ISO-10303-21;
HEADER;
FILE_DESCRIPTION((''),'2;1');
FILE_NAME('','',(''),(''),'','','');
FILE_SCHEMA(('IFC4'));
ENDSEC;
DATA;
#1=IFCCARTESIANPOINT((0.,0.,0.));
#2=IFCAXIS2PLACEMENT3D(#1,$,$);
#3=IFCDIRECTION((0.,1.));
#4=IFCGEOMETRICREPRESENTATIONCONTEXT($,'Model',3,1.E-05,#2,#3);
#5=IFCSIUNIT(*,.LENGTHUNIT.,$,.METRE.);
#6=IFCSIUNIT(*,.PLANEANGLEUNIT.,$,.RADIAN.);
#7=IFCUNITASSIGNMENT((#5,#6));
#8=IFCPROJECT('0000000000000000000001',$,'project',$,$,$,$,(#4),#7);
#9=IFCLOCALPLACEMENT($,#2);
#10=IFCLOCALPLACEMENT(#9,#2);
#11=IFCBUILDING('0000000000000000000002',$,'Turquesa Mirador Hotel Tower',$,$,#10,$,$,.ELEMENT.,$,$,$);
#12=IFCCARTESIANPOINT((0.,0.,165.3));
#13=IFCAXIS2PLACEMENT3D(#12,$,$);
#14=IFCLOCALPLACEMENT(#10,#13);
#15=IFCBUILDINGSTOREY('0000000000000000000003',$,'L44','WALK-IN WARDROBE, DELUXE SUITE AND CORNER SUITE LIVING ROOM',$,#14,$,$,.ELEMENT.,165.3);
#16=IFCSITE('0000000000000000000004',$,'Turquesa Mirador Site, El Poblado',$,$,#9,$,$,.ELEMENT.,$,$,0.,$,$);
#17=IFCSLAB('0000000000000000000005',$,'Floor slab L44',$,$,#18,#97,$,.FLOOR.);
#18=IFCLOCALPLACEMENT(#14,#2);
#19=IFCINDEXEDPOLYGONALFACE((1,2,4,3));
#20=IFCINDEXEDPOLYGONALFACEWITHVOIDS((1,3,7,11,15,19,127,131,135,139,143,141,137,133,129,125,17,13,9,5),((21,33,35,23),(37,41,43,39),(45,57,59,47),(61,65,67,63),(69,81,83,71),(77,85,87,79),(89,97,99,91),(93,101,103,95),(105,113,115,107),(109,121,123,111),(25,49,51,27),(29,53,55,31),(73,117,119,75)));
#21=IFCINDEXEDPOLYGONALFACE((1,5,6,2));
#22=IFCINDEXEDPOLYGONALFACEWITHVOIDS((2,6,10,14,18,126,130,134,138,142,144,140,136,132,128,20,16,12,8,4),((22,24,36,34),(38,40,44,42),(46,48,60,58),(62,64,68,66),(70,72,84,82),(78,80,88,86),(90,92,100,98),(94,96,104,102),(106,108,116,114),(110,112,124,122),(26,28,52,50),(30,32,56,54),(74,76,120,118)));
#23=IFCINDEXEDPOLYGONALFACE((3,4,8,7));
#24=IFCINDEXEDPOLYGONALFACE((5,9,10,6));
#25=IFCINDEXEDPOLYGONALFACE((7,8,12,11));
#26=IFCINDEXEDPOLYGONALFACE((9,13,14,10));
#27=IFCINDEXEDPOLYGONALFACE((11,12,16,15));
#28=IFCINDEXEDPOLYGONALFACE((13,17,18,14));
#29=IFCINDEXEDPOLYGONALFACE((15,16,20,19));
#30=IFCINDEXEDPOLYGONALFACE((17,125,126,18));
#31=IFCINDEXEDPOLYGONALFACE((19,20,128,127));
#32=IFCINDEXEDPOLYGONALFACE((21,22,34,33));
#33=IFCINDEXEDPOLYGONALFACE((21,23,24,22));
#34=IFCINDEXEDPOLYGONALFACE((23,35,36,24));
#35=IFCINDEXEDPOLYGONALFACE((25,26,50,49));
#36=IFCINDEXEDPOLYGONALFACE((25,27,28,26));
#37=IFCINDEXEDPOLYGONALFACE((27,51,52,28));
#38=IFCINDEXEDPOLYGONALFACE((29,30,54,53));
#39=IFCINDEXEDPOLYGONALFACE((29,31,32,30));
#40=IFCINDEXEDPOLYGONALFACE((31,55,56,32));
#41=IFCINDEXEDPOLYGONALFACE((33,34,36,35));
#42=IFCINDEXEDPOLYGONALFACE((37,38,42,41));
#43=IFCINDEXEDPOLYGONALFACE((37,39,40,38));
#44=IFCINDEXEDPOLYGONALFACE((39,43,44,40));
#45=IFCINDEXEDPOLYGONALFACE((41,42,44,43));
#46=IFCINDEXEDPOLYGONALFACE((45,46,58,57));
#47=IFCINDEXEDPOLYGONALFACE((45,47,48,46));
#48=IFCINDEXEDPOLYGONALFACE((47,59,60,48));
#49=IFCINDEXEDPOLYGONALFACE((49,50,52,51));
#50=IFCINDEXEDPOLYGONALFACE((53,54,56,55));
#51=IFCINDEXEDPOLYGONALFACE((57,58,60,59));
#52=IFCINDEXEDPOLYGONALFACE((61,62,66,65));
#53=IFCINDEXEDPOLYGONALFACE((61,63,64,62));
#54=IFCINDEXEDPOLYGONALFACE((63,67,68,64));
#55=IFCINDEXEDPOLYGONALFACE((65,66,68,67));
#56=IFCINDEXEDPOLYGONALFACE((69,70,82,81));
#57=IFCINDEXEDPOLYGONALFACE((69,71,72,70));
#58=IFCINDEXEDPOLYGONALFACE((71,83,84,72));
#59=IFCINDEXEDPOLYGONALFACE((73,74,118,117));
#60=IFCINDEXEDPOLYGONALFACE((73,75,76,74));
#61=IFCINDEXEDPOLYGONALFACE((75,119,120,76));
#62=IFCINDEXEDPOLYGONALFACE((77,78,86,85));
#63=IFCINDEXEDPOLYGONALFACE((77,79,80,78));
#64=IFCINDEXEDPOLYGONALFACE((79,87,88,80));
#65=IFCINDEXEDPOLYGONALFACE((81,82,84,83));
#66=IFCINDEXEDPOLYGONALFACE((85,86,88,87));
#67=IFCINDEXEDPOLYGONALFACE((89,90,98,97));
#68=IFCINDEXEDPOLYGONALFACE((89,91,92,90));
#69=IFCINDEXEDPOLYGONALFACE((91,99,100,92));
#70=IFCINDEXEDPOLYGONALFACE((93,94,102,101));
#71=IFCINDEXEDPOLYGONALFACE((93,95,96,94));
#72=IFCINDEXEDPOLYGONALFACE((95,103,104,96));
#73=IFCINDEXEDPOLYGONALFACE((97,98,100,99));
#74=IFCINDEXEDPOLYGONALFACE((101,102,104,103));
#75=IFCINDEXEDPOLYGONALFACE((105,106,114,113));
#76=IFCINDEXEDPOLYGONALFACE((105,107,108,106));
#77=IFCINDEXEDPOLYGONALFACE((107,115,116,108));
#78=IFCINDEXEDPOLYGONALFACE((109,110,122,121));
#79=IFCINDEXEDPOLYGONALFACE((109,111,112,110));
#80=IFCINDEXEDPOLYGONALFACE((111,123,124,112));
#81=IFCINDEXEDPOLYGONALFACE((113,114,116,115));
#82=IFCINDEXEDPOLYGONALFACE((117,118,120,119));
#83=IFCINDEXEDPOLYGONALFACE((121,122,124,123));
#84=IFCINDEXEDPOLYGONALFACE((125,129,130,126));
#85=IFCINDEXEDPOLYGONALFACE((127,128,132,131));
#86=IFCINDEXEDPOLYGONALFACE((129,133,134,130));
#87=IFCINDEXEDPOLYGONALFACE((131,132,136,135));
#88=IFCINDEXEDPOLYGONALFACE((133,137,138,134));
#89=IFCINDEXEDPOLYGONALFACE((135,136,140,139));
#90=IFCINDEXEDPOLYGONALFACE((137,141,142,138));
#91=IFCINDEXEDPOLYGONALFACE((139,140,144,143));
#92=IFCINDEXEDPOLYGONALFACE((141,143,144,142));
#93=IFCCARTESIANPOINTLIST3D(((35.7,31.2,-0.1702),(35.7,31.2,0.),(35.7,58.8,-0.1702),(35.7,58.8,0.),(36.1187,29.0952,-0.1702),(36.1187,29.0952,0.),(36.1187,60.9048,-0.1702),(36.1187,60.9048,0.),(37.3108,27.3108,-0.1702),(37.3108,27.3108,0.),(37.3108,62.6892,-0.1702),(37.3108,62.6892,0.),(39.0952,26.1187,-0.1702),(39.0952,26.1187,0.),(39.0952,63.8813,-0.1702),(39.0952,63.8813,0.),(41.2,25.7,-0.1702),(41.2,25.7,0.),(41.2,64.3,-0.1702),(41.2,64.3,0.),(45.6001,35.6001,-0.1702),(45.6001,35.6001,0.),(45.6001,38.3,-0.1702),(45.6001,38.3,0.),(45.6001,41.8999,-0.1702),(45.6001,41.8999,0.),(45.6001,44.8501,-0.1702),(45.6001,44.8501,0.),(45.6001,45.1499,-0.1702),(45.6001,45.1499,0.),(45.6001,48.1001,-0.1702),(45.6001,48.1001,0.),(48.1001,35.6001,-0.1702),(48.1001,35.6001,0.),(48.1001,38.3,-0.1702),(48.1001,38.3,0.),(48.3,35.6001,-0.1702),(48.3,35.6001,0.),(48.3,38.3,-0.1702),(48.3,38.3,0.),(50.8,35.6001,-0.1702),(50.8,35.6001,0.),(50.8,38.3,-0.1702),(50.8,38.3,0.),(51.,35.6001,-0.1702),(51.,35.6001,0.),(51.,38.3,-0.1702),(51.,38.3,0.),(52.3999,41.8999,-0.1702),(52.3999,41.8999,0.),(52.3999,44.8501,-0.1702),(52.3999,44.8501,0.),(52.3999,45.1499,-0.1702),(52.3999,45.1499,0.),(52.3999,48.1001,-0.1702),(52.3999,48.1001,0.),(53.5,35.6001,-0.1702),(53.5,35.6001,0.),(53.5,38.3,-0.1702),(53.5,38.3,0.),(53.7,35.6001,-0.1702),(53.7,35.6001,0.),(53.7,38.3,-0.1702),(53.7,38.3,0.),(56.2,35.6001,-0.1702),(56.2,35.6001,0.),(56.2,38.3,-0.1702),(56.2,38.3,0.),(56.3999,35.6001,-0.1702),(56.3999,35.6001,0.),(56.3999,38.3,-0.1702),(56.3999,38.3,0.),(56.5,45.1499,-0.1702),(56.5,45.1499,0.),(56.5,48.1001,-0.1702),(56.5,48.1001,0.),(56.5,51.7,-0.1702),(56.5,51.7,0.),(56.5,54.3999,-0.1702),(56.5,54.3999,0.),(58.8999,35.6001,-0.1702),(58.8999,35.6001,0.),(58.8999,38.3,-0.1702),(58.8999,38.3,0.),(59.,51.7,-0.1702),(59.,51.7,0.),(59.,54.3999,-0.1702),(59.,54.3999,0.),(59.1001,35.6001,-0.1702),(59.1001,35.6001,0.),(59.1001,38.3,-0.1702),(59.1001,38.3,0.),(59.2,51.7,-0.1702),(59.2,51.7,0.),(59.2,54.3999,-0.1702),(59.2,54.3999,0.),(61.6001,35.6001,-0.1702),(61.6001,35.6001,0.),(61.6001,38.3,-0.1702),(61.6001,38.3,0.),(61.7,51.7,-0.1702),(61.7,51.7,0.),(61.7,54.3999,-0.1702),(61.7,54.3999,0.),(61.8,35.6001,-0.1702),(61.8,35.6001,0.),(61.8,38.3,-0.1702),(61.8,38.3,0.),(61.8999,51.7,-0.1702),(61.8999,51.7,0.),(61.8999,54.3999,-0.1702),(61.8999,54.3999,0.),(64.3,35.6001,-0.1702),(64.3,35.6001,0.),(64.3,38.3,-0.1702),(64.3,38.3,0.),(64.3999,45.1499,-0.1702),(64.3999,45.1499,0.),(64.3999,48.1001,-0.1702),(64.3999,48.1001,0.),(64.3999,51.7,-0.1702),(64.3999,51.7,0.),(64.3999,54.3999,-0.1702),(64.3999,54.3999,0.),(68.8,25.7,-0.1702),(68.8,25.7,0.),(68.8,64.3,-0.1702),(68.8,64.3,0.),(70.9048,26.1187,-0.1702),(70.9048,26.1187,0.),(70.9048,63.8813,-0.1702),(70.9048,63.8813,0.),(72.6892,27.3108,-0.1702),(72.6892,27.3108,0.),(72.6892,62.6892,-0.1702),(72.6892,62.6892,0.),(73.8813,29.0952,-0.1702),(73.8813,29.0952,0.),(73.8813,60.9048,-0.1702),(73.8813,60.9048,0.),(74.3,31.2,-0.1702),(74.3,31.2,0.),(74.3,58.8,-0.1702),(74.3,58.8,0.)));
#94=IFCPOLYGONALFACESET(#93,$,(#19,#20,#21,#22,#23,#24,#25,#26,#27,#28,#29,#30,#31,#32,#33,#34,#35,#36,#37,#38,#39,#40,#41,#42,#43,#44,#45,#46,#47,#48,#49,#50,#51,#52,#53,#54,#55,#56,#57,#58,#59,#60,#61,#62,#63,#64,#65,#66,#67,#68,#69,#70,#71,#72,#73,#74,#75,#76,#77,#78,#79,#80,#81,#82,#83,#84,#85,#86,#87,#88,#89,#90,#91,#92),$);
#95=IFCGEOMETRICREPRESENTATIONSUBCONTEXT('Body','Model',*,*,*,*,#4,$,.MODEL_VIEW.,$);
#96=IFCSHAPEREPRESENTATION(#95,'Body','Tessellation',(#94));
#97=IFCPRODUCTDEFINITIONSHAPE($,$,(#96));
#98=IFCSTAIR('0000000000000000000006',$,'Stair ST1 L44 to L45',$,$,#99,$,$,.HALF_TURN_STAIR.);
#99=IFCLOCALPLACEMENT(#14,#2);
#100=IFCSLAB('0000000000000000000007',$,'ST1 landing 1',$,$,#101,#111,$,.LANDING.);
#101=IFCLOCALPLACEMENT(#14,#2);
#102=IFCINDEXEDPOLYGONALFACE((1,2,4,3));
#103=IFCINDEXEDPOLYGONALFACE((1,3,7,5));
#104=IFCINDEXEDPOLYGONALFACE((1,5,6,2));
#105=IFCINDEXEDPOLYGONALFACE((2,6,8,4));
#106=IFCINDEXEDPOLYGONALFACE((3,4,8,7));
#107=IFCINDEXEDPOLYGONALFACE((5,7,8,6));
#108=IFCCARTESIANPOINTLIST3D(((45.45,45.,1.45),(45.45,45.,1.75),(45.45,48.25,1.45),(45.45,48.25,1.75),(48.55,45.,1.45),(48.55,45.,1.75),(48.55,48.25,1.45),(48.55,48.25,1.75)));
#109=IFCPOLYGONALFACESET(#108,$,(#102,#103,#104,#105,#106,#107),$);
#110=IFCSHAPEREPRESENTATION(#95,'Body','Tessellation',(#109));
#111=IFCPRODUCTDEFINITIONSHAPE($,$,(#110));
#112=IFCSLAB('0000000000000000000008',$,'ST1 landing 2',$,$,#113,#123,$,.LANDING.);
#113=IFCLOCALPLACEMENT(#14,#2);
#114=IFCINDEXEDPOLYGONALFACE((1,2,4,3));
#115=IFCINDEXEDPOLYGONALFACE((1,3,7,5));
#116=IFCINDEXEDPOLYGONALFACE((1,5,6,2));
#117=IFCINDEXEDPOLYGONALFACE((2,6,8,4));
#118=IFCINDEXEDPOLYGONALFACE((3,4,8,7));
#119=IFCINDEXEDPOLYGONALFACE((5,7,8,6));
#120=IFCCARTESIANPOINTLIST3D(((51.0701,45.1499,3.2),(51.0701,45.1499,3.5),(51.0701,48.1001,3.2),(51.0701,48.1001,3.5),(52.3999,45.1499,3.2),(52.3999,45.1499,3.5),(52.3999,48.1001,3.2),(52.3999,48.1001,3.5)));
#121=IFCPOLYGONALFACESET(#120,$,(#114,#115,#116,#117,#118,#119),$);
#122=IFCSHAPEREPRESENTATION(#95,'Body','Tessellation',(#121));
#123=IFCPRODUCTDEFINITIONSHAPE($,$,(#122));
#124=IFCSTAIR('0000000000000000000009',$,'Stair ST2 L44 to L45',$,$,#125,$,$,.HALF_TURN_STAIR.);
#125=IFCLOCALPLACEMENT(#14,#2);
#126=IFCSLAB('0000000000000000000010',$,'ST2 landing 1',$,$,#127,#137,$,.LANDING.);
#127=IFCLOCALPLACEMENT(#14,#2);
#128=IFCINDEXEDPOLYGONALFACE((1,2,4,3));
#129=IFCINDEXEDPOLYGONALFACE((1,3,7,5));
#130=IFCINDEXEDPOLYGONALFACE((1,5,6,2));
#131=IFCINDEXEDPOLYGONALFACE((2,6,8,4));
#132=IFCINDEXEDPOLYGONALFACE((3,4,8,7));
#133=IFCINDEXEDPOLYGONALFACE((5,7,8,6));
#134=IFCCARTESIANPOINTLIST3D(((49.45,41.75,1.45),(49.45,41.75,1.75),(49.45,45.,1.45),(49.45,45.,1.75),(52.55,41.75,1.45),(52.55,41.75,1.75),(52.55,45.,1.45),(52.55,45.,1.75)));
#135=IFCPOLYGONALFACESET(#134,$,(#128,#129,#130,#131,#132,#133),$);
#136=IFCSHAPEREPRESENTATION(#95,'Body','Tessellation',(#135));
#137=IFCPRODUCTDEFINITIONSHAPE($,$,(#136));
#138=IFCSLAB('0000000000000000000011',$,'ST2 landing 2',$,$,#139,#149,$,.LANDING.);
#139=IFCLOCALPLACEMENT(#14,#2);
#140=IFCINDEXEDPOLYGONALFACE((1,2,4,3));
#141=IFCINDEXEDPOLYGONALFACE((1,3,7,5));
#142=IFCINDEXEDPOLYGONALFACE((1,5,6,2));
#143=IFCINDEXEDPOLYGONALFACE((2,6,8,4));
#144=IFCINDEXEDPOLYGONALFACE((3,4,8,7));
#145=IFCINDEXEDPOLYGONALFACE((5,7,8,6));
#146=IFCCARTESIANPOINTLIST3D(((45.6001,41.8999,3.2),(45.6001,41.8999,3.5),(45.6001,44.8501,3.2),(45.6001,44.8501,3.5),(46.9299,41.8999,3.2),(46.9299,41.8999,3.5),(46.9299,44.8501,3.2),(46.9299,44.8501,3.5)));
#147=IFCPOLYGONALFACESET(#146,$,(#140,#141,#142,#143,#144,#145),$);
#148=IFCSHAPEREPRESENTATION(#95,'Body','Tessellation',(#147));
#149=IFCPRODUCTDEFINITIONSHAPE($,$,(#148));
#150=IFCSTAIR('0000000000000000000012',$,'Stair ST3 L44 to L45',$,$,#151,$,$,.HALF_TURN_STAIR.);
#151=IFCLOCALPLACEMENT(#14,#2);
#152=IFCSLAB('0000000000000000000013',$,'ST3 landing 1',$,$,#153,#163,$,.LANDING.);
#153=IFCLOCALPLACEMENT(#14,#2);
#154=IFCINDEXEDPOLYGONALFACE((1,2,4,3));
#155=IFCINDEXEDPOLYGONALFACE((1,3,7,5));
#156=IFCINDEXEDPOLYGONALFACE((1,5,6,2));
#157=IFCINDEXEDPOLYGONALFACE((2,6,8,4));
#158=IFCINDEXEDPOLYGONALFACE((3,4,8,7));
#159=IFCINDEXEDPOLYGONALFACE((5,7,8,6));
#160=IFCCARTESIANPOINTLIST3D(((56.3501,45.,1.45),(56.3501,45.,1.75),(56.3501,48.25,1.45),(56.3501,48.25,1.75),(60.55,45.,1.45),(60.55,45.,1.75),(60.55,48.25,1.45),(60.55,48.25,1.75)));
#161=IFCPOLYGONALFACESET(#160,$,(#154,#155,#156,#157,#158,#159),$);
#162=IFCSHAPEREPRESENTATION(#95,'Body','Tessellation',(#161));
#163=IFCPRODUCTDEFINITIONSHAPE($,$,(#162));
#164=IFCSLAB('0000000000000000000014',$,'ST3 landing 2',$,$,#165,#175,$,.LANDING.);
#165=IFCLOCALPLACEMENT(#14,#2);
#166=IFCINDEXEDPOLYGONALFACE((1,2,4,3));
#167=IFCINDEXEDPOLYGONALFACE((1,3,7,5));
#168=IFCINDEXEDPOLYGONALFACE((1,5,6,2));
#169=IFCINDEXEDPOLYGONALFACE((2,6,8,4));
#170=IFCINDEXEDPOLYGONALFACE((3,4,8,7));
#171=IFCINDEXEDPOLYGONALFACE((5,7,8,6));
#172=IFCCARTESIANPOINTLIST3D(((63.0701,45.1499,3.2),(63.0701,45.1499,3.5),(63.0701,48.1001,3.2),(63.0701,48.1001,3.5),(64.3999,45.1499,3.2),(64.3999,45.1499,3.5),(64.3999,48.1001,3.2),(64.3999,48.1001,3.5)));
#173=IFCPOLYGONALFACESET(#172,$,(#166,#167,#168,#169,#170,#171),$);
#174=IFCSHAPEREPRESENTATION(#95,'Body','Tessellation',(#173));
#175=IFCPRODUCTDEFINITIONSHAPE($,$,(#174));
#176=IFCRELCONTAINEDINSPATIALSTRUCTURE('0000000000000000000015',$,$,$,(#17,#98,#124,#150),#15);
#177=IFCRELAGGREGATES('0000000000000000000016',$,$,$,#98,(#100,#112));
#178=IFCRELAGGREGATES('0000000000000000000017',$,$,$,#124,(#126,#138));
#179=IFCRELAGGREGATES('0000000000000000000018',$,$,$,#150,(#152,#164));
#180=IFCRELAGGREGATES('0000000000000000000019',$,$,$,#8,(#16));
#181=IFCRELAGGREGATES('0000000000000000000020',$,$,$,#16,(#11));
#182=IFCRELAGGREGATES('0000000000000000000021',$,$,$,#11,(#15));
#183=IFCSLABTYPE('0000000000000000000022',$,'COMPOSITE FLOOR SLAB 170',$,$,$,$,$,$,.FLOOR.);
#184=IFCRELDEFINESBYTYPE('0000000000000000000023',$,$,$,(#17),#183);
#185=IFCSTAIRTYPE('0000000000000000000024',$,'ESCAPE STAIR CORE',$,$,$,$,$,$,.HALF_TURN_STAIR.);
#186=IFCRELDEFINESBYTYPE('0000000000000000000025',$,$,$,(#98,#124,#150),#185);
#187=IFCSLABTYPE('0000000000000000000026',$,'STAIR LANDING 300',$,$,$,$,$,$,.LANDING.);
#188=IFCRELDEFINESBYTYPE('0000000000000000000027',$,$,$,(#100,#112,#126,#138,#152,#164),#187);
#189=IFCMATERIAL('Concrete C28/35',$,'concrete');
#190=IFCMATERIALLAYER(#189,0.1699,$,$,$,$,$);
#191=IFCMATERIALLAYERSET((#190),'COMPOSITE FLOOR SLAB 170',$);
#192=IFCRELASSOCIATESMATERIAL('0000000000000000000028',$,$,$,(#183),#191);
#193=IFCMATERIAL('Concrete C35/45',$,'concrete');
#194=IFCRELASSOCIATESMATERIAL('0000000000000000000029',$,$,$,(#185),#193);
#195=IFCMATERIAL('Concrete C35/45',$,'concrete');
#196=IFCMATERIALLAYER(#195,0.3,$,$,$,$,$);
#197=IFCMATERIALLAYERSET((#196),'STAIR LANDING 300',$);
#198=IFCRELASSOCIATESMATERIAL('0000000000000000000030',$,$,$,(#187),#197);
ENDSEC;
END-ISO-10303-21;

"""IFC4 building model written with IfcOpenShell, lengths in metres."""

from ifc_helpers import new_model, si_unit, direction, frame, origin, place, context, subcontext, project, spatial, polyline, outline, extrude, material, layer, layer_set, type_object, element, aggregate, save


model = new_model("IFC4")

# Units and contexts
model_context = context("Model", 3, precision=1e-05, world=origin(), true_north=direction((0.0, 1.0)))
body_context = subcontext(model_context, "Body", "Model", "MODEL_VIEW")
ifc_project = project(units=[si_unit("LENGTHUNIT", "METRE"), si_unit("PLANEANGLEUNIT", "RADIAN")], contexts=[model_context])

# Site, building, storey
site_placement = place(None, origin())
site = spatial("IfcSite", under=ifc_project, at=site_placement, Name="Turquesa Mirador Site, El Poblado", CompositionType="ELEMENT", RefElevation=0.0)
building_placement = place(site_placement, origin())
building = spatial("IfcBuilding", under=site, at=building_placement, Name="Turquesa Mirador Hotel Tower", CompositionType="ELEMENT")
storey_placement = place(building_placement, frame((0.0, 0.0, 165.3)))
storey = spatial("IfcBuildingStorey", under=building, at=storey_placement, Name="L44", Description="WALK-IN WARDROBE, DELUXE SUITE AND CORNER SUITE LIVING ROOM", CompositionType="ELEMENT", Elevation=165.3)

# Slab
ifc_material_1 = material(Name="Concrete C28/35", Category="concrete")
ifc_layer_1 = layer(ifc_material_1, 0.1699)
ifc_layer_set_1 = layer_set([ifc_layer_1], Name="COMPOSITE FLOOR SLAB 170")
slab_type_1 = type_object("IfcSlabType", Name="COMPOSITE FLOOR SLAB 170", PredefinedType="FLOOR", material=ifc_layer_set_1)
slab_1_placement = place(storey_placement, frame((0.0, 0.0, -0.1702)))
element("IfcSlab", 1, at=slab_1_placement, inside=storey, type_object=slab_type_1, Name="Floor slab L44", PredefinedType="FLOOR", context=body_context, shape_type="SweptSolid", body=[
    extrude(outline(polyline([(68.8, 25.7), (70.9048, 26.1187), (72.6892, 27.3108), (73.8813, 29.0952), (74.3, 31.2), (74.3, 58.8), (73.8813, 60.9048), (72.6892, 62.6892), (70.9048, 63.8813), (68.8, 64.3), (41.2, 64.3), (39.0952, 63.8813), (37.3108, 62.6892), (36.1187, 60.9048), (35.7, 58.8), (35.7, 31.2), (36.1187, 29.0952), (37.3108, 27.3108), (39.0952, 26.1187), (41.2, 25.7), (68.8, 25.7)]), holes=[polyline([(56.5, 51.7), (59.0, 51.7), (59.0, 54.3999), (56.5, 54.3999), (56.5, 51.7)]), polyline([(59.2, 51.7), (61.7, 51.7), (61.7, 54.3999), (59.2, 54.3999), (59.2, 51.7)]), polyline([(45.6001, 35.6001), (48.1001, 35.6001), (48.1001, 38.3), (45.6001, 38.3), (45.6001, 35.6001)]), polyline([(48.3, 35.6001), (50.8, 35.6001), (50.8, 38.3), (48.3, 38.3), (48.3, 35.6001)]), polyline([(51.0, 35.6001), (53.5, 35.6001), (53.5, 38.3), (51.0, 38.3), (51.0, 35.6001)]), polyline([(53.7, 35.6001), (56.2, 35.6001), (56.2, 38.3), (53.7, 38.3), (53.7, 35.6001)]), polyline([(56.3999, 35.6001), (58.8999, 35.6001), (58.8999, 38.3), (56.3999, 38.3), (56.3999, 35.6001)]), polyline([(59.1001, 35.6001), (61.6001, 35.6001), (61.6001, 38.3), (59.1001, 38.3), (59.1001, 35.6001)]), polyline([(61.8, 35.6001), (64.3, 35.6001), (64.3, 38.3), (61.8, 38.3), (61.8, 35.6001)]), polyline([(45.6001, 45.1499), (52.3999, 45.1499), (52.3999, 48.1001), (45.6001, 48.1001), (45.6001, 45.1499)]), polyline([(45.6001, 41.8999), (52.3999, 41.8999), (52.3999, 44.8501), (45.6001, 44.8501), (45.6001, 41.8999)]), polyline([(56.5, 45.1499), (64.3999, 45.1499), (64.3999, 48.1001), (56.5, 48.1001), (56.5, 45.1499)]), polyline([(61.8999, 51.7), (64.3999, 51.7), (64.3999, 54.3999), (61.8999, 54.3999), (61.8999, 51.7)])]), origin(), (0.0, 0.0, 1.0), 0.1702),
])

# Stairs, slabs
ifc_material_2 = material(Name="Concrete C35/45", Category="concrete")
stair_type = type_object("IfcStairType", Name="ESCAPE STAIR CORE", PredefinedType="HALF_TURN_STAIR", material=ifc_material_2)
stair_1_placement = place(storey_placement, origin())
stair_1 = element("IfcStair", 2, at=stair_1_placement, inside=storey, type_object=stair_type, Name="Stair ST1 L44 to L45", PredefinedType="HALF_TURN_STAIR")
ifc_material_3 = material(Name="Concrete C35/45", Category="concrete")
ifc_layer_2 = layer(ifc_material_3, 0.3)
ifc_layer_set_2 = layer_set([ifc_layer_2], Name="STAIR LANDING 300")
slab_type_2 = type_object("IfcSlabType", Name="STAIR LANDING 300", PredefinedType="LANDING", material=ifc_layer_set_2)
slab_2_placement = place(storey_placement, frame((0.0, 0.0, 1.45)))
slab_2 = element("IfcSlab", 3, at=slab_2_placement, type_object=slab_type_2, Name="ST1 landing 1", PredefinedType="LANDING", context=body_context, shape_type="SweptSolid", body=[
    extrude(outline(polyline([(45.45, 45.0), (48.55, 45.0), (48.55, 48.25), (45.45, 48.25), (45.45, 45.0)])), origin(), (0.0, 0.0, 1.0), 0.3),
])
slab_3_placement = place(storey_placement, frame((0.0, 0.0, 3.2)))
slab_3 = element("IfcSlab", 4, at=slab_3_placement, type_object=slab_type_2, Name="ST1 landing 2", PredefinedType="LANDING", context=body_context, shape_type="SweptSolid", body=[
    extrude(outline(polyline([(51.0701, 45.1499), (52.3999, 45.1499), (52.3999, 48.1001), (51.0701, 48.1001), (51.0701, 45.1499)])), origin(), (0.0, 0.0, 1.0), 0.3),
])
aggregate(stair_1, [slab_2, slab_3])
stair_2_placement = place(storey_placement, origin())
stair_2 = element("IfcStair", 5, at=stair_2_placement, inside=storey, type_object=stair_type, Name="Stair ST2 L44 to L45", PredefinedType="HALF_TURN_STAIR")
slab_4_placement = place(storey_placement, frame((0.0, 0.0, 1.45)))
slab_4 = element("IfcSlab", 6, at=slab_4_placement, type_object=slab_type_2, Name="ST2 landing 1", PredefinedType="LANDING", context=body_context, shape_type="SweptSolid", body=[
    extrude(outline(polyline([(52.55, 45.0), (49.45, 45.0), (49.45, 41.75), (52.55, 41.75), (52.55, 45.0)])), origin(), (0.0, 0.0, 1.0), 0.3),
])
slab_5_placement = place(storey_placement, frame((0.0, 0.0, 3.2)))
slab_5 = element("IfcSlab", 7, at=slab_5_placement, type_object=slab_type_2, Name="ST2 landing 2", PredefinedType="LANDING", context=body_context, shape_type="SweptSolid", body=[
    extrude(outline(polyline([(46.9299, 44.8501), (45.6001, 44.8501), (45.6001, 41.8999), (46.9299, 41.8999), (46.9299, 44.8501)])), origin(), (0.0, 0.0, 1.0), 0.3),
])
aggregate(stair_2, [slab_4, slab_5])
stair_3_placement = place(storey_placement, origin())
stair_3 = element("IfcStair", 8, at=stair_3_placement, inside=storey, type_object=stair_type, Name="Stair ST3 L44 to L45", PredefinedType="HALF_TURN_STAIR")
slab_6_placement = place(storey_placement, frame((0.0, 0.0, 1.45)))
slab_6 = element("IfcSlab", 9, at=slab_6_placement, type_object=slab_type_2, Name="ST3 landing 1", PredefinedType="LANDING", context=body_context, shape_type="SweptSolid", body=[
    extrude(outline(polyline([(56.3501, 45.0), (60.55, 45.0), (60.55, 48.25), (56.3501, 48.25), (56.3501, 45.0)])), origin(), (0.0, 0.0, 1.0), 0.3),
])
slab_7_placement = place(storey_placement, frame((0.0, 0.0, 3.2)))
slab_7 = element("IfcSlab", 10, at=slab_7_placement, type_object=slab_type_2, Name="ST3 landing 2", PredefinedType="LANDING", context=body_context, shape_type="SweptSolid", body=[
    extrude(outline(polyline([(63.0701, 45.1499), (64.3999, 45.1499), (64.3999, 48.1001), (63.0701, 48.1001), (63.0701, 45.1499)])), origin(), (0.0, 0.0, 1.0), 0.3),
])
aggregate(stair_3, [slab_6, slab_7])

save(model, "model.ifc")
